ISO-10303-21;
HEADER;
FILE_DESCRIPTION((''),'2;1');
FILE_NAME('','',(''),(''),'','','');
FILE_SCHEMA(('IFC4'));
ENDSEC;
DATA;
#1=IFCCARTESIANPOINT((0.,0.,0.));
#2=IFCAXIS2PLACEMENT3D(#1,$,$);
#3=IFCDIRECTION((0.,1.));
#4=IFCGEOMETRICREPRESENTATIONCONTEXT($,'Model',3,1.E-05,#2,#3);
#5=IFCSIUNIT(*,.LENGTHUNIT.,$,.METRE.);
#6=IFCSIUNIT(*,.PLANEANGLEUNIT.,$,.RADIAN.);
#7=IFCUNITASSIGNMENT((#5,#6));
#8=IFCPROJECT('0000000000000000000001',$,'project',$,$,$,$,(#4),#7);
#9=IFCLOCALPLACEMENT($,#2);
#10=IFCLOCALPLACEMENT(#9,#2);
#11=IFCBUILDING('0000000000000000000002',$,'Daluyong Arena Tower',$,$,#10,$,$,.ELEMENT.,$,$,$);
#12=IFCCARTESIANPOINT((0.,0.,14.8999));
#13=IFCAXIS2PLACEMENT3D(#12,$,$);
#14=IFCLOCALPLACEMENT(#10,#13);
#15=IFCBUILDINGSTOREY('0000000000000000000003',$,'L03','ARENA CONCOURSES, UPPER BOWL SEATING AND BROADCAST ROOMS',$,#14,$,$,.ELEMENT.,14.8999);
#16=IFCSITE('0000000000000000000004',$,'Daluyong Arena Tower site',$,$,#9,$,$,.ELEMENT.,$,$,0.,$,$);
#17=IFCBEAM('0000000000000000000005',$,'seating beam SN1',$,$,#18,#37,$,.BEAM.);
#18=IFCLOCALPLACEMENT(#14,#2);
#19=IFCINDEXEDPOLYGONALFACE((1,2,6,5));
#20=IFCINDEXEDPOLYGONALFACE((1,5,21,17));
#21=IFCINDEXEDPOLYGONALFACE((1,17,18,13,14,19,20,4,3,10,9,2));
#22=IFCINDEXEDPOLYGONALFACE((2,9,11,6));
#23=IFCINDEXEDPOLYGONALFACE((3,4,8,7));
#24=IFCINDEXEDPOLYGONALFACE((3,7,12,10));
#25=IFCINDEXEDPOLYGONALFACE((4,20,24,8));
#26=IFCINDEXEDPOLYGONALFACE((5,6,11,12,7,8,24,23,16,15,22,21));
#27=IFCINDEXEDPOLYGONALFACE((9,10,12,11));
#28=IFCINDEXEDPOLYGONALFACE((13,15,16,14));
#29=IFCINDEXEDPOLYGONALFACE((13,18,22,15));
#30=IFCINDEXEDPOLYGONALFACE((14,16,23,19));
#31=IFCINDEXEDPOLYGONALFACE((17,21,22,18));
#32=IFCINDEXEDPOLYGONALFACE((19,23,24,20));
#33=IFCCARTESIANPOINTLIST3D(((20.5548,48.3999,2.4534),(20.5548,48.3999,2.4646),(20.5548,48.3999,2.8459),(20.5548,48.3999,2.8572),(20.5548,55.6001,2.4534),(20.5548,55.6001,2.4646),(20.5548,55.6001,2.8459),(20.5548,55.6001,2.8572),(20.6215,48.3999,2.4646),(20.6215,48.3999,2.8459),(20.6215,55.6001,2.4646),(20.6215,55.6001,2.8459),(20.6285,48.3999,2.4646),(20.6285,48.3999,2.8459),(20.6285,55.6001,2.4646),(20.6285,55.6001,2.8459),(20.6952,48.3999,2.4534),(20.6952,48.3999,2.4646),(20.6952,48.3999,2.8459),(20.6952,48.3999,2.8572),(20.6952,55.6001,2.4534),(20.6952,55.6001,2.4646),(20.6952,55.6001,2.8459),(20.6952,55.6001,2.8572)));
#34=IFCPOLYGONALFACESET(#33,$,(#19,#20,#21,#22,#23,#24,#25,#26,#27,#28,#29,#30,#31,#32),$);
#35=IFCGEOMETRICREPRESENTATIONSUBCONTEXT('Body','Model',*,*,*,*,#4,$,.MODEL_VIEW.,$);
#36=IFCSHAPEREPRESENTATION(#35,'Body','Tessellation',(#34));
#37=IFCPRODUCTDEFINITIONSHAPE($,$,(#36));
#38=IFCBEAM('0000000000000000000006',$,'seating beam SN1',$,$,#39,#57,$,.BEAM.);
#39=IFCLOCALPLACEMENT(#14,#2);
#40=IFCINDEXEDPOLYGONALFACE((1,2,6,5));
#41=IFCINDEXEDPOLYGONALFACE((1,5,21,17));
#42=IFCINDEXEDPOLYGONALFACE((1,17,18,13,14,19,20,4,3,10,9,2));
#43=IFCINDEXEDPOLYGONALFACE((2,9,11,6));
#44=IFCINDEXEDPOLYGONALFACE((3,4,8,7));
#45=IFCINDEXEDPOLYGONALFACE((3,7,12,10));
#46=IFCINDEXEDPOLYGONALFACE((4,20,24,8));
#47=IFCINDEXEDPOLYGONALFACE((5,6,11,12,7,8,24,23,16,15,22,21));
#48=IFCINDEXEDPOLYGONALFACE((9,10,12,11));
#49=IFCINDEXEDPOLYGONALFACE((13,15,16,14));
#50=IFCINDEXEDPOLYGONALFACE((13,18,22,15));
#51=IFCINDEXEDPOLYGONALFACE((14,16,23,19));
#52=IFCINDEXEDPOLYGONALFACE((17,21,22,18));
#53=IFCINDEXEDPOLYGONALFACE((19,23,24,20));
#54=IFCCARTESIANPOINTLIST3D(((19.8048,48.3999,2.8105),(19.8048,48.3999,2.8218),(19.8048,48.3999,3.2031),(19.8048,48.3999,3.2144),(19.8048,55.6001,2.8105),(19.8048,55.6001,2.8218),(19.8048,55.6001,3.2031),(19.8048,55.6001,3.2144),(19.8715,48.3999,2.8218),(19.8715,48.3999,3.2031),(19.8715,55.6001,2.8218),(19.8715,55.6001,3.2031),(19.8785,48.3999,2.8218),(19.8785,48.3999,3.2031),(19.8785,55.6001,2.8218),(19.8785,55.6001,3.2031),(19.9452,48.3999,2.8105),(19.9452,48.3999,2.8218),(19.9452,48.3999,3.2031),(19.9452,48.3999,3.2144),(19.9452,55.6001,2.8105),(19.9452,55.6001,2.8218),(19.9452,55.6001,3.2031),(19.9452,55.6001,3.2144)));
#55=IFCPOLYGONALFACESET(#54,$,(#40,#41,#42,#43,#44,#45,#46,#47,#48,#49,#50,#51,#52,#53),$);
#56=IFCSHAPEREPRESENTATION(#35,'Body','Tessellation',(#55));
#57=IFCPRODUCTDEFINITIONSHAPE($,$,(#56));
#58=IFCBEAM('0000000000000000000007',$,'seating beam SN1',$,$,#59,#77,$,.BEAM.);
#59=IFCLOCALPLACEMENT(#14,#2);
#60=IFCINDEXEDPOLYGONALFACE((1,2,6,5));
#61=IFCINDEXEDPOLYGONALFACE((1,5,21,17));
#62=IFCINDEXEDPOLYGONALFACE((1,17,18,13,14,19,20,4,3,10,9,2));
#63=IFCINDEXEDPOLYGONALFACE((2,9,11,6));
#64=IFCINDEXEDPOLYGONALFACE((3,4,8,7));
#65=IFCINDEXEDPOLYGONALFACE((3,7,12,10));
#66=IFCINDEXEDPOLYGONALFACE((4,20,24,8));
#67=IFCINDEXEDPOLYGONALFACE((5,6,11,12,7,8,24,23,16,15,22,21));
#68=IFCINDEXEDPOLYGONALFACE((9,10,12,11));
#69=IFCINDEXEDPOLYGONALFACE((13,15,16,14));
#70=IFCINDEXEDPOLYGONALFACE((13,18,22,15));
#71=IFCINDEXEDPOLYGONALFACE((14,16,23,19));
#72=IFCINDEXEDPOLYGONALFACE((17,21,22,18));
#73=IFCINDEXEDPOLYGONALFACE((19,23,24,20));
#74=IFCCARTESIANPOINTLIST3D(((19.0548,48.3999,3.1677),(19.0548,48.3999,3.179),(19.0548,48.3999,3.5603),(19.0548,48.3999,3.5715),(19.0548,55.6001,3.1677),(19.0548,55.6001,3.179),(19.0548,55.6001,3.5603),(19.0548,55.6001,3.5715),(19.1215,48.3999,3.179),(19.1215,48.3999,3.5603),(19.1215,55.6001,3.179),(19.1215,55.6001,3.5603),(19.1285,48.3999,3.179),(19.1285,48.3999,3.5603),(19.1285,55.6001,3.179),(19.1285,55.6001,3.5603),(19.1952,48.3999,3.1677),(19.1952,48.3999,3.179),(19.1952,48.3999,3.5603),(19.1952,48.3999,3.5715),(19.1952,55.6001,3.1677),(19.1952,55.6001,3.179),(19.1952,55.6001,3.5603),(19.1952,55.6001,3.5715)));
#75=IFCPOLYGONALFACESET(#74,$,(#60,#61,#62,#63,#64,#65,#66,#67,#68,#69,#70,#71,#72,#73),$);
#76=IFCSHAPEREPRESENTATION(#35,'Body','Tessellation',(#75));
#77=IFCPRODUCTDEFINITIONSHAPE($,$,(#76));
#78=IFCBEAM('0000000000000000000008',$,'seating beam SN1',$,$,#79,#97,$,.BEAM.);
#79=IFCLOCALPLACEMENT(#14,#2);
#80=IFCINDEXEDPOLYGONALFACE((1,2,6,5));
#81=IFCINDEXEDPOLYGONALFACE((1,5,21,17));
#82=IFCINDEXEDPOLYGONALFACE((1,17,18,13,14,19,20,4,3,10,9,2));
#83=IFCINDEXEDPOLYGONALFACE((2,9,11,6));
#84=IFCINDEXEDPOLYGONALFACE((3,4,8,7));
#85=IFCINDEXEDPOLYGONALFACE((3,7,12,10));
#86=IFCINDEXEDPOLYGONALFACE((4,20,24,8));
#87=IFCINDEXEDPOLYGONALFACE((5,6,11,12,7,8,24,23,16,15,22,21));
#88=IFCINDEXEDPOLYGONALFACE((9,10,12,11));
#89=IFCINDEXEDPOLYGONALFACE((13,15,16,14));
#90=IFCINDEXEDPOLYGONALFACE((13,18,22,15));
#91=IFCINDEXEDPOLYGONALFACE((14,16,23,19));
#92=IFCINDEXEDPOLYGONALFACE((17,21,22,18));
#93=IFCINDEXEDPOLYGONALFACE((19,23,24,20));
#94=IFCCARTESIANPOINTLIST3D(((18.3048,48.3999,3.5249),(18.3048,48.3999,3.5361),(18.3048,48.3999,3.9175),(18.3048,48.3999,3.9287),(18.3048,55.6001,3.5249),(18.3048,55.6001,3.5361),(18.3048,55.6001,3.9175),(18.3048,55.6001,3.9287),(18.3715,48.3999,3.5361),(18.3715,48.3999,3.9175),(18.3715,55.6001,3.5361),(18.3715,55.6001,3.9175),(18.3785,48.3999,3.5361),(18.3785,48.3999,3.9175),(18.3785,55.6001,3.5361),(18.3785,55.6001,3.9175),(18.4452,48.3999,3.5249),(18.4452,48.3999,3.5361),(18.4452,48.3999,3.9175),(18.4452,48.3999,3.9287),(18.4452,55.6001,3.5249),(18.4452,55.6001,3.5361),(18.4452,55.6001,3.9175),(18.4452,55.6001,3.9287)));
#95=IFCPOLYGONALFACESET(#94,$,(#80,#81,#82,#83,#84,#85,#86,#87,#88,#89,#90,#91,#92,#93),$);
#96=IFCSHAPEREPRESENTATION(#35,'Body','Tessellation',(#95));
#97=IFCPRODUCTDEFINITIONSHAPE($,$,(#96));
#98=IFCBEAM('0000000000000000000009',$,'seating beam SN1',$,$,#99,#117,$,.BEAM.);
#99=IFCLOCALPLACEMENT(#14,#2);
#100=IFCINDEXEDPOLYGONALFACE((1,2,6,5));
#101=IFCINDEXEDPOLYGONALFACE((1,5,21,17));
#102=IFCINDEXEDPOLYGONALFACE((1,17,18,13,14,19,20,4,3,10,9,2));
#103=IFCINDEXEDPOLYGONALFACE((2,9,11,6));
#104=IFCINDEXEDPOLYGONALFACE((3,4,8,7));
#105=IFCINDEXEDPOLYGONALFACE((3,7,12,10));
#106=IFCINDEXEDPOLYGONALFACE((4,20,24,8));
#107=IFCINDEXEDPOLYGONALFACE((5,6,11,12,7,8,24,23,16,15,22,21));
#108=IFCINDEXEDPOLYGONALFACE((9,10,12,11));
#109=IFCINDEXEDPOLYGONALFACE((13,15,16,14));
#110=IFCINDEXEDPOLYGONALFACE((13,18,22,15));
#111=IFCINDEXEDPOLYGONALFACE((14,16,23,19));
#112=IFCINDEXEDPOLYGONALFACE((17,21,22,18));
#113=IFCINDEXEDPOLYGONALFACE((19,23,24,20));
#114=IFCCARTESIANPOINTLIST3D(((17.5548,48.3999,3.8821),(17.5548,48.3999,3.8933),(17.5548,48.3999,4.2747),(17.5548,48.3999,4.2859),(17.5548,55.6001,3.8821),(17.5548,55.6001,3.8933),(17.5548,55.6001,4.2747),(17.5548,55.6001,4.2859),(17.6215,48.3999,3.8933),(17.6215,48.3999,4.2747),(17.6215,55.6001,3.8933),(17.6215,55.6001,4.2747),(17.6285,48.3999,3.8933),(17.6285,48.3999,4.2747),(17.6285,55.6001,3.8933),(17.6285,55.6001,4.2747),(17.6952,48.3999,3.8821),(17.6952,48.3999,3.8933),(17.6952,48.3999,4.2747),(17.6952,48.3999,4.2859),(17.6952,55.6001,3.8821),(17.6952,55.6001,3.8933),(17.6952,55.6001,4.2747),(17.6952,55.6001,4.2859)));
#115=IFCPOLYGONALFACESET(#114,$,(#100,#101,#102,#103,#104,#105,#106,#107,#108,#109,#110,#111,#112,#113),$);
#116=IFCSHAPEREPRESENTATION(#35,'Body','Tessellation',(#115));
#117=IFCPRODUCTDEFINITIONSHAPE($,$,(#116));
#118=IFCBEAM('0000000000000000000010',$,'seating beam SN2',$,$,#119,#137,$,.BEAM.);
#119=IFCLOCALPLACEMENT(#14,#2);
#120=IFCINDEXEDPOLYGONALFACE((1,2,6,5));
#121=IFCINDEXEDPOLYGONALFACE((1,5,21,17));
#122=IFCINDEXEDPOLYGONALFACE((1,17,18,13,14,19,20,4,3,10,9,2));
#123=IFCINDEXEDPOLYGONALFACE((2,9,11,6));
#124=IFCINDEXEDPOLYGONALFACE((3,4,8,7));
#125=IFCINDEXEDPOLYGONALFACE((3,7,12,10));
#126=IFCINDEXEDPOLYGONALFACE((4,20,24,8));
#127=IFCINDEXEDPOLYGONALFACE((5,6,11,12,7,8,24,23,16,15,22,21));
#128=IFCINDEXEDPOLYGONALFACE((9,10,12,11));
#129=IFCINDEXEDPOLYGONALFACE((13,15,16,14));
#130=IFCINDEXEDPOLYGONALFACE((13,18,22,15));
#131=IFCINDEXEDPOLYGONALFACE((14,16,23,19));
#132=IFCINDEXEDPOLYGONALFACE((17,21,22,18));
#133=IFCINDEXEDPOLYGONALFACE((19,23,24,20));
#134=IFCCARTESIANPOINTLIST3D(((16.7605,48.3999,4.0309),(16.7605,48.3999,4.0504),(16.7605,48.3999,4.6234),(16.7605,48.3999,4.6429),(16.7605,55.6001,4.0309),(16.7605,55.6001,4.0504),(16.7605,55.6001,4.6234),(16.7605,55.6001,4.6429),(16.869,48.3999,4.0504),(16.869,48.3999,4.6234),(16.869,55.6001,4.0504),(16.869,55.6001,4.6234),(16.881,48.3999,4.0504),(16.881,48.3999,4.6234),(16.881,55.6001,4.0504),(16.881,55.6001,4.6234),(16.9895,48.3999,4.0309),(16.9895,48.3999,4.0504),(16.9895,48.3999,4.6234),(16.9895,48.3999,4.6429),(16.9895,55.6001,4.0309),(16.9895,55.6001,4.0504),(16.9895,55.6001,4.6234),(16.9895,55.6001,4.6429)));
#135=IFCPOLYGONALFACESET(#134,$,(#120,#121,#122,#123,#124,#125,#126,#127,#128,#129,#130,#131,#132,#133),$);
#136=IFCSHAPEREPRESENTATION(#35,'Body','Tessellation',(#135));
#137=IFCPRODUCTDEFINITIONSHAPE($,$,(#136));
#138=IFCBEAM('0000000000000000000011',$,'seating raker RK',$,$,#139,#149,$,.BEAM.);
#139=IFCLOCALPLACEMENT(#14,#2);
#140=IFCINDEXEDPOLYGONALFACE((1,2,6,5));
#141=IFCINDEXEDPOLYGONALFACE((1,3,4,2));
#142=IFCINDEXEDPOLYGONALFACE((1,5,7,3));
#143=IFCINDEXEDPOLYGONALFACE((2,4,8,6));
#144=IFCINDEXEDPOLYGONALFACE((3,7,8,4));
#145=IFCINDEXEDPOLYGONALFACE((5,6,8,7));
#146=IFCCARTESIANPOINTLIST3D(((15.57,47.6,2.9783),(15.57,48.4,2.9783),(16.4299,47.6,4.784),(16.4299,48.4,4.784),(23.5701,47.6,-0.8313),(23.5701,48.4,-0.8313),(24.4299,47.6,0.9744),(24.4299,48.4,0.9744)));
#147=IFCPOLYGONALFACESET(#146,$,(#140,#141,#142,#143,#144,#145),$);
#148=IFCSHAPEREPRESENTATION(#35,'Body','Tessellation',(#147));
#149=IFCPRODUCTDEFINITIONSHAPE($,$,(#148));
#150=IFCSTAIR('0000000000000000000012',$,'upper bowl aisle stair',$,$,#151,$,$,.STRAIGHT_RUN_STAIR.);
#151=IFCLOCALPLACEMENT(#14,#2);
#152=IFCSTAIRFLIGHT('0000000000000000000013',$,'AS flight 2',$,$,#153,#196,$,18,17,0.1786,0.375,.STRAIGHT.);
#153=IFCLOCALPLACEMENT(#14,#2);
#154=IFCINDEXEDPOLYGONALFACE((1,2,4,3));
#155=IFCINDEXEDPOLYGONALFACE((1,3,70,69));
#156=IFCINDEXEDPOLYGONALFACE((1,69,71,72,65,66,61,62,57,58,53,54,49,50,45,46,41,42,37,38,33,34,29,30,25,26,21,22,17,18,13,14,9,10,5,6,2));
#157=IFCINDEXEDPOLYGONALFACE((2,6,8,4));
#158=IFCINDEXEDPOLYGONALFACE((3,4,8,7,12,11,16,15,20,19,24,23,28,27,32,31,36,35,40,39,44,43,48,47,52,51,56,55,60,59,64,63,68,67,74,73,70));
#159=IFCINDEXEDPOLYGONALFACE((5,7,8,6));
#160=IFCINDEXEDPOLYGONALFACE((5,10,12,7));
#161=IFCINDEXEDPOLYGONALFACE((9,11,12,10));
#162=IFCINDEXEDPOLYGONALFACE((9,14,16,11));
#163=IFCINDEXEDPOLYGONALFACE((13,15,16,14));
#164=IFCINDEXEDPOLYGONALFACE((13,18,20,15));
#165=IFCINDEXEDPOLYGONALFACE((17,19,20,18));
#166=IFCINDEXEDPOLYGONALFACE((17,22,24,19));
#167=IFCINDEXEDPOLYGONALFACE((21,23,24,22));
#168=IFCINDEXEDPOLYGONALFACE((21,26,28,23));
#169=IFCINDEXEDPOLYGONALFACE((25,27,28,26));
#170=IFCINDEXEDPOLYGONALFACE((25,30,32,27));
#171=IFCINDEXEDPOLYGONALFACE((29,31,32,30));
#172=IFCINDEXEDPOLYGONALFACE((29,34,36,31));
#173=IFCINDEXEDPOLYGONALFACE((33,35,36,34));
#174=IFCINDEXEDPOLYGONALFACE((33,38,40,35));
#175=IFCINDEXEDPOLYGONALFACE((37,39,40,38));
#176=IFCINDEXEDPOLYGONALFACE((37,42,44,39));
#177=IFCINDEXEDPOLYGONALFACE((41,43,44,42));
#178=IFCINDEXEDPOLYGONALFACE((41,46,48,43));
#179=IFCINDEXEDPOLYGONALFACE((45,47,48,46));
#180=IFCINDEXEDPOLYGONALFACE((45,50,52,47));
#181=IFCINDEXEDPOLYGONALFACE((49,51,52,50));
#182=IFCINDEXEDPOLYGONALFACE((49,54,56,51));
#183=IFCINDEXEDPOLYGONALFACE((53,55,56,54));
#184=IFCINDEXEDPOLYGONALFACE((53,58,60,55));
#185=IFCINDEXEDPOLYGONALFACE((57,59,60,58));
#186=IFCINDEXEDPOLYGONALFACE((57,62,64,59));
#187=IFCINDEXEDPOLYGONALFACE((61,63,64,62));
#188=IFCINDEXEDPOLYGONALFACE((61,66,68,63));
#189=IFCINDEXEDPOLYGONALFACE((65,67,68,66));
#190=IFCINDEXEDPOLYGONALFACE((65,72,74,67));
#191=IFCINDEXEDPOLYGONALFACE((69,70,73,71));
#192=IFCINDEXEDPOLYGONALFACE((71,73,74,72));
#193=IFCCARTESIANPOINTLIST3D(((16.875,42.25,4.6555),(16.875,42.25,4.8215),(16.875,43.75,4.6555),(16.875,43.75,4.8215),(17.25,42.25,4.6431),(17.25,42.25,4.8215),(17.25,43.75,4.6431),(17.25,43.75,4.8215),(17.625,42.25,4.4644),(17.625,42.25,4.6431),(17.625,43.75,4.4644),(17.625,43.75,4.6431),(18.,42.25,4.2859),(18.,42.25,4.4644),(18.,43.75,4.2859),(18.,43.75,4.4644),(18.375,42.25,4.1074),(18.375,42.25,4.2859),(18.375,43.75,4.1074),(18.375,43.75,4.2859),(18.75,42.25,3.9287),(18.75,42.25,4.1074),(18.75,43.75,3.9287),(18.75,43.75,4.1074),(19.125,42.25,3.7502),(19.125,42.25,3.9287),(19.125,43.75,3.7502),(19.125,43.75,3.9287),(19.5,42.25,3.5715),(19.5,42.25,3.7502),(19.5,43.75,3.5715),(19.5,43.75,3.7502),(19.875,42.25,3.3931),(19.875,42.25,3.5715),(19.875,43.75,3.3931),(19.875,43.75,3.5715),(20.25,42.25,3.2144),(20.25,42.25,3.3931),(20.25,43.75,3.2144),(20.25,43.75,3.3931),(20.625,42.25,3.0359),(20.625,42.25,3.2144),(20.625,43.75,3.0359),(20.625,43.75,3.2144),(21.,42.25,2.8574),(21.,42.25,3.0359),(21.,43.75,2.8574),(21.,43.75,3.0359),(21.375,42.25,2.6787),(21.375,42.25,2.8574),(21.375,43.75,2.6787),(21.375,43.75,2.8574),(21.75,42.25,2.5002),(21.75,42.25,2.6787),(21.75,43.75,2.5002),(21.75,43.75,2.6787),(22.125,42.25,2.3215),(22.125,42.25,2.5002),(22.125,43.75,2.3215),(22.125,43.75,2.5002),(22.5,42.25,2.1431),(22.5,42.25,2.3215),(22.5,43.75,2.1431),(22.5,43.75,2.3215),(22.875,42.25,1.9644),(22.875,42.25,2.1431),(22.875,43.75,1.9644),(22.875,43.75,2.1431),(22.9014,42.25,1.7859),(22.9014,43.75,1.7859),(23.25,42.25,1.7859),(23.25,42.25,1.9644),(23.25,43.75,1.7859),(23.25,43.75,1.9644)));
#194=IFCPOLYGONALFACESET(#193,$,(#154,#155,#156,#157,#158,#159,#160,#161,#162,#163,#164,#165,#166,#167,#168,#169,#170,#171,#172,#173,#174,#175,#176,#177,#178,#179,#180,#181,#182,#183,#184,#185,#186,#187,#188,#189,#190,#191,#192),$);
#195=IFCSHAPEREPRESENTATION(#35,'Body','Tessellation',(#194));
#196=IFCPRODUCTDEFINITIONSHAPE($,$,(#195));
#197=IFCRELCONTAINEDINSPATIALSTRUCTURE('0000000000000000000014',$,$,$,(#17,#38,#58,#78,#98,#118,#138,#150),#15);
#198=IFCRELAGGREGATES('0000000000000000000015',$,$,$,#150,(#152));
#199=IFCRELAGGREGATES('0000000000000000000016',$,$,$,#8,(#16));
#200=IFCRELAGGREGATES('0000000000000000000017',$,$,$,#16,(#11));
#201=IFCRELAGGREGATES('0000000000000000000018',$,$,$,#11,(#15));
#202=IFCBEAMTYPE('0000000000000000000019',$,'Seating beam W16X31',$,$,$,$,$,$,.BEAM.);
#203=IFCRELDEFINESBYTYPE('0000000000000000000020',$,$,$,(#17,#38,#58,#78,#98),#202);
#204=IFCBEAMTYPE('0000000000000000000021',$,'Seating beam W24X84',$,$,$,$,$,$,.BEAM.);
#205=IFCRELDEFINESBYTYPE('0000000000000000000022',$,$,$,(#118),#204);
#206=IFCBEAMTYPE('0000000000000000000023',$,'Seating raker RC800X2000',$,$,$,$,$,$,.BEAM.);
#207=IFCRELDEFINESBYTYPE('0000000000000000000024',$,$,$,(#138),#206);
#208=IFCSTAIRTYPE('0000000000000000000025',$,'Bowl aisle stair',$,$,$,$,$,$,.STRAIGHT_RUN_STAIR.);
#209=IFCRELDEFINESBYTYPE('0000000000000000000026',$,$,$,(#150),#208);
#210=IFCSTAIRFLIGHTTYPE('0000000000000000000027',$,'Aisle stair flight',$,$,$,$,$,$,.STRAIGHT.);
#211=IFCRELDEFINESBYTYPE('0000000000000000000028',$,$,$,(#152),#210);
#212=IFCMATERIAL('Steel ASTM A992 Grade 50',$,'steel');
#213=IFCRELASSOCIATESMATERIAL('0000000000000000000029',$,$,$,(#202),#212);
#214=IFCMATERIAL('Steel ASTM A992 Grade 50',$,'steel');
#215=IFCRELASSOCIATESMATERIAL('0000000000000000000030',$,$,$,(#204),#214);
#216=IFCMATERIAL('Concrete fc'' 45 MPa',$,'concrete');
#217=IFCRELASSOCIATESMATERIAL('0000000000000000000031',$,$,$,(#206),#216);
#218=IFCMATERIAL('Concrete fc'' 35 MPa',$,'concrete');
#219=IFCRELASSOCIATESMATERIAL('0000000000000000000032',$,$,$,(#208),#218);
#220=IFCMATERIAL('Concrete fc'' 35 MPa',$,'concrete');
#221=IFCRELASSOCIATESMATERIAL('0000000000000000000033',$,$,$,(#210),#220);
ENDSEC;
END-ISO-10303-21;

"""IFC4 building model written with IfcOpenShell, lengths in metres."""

from ifc_helpers import new_model, si_unit, direction, frame, origin, origin_2d, place, context, subcontext, project, spatial, polyline, rectangle, i_section, outline, extrude, material, material_profile, profile_set, type_object, element, aggregate, save


model = new_model("IFC4")

# Units and contexts
model_context = context("Model", 3, precision=1e-05, world=origin(), true_north=direction((0.0, 1.0)))
body_context = subcontext(model_context, "Body", "Model", "MODEL_VIEW")
ifc_project = project(units=[si_unit("LENGTHUNIT", "METRE"), si_unit("PLANEANGLEUNIT", "RADIAN")], contexts=[model_context])

# Site, building, storey
site_placement = place(None, origin())
site = spatial("IfcSite", under=ifc_project, at=site_placement, Name="Daluyong Arena Tower site", CompositionType="ELEMENT", RefElevation=0.0)
building_placement = place(site_placement, origin())
building = spatial("IfcBuilding", under=site, at=building_placement, Name="Daluyong Arena Tower", CompositionType="ELEMENT")
storey_placement = place(building_placement, frame((0.0, 0.0, 14.8999)))
storey = spatial("IfcBuildingStorey", under=building, at=storey_placement, Name="L03", Description="ARENA CONCOURSES, UPPER BOWL SEATING AND BROADCAST ROOMS", CompositionType="ELEMENT", Elevation=14.8999)

# Beams
ifc_material_1 = material(Name="Steel ASTM A992 Grade 50", Category="steel")
ifc_material_profile_1 = material_profile(ifc_material_1, i_section(OverallWidth=0.1404, OverallDepth=0.4038, WebThickness=0.0071, FlangeThickness=0.0112, at=origin_2d()))
ifc_profile_set_1 = profile_set([ifc_material_profile_1], Name="Steel ASTM A992 Grade 50")
beam_type_1 = type_object("IfcBeamType", Name="Seating beam W16X31", PredefinedType="BEAM", material=ifc_profile_set_1)
for number, where, z_axis, x_axis, name in (
    (1, (20.625, 48.3999, 2.6553), (0.0, 1.0, 0.0), (-1.0, 0.0, 0.0), "seating beam SN1"),
    (2, (19.875, 48.3999, 3.0125), (0.0, 1.0, 0.0), (-1.0, 0.0, 0.0), "seating beam SN1"),
    (3, (19.125, 48.3999, 3.3696), (0.0, 1.0, 0.0), (-1.0, 0.0, 0.0), "seating beam SN1"),
    (4, (18.375, 48.3999, 3.7268), (0.0, 1.0, 0.0), (-1.0, 0.0, 0.0), "seating beam SN1"),
    (5, (17.625, 48.3999, 4.084), (0.0, 1.0, 0.0), (-1.0, 0.0, 0.0), "seating beam SN1"),
):
    element("IfcBeam", number, at=place(storey_placement, frame(where, z_axis=z_axis, x_axis=x_axis)), inside=storey, type_object=beam_type_1, Name=name, PredefinedType="BEAM", context=body_context, shape_type="SweptSolid", body=[
        extrude(i_section(OverallWidth=0.1404, OverallDepth=0.4038, WebThickness=0.0071, FlangeThickness=0.0112, at=origin_2d()), origin(), (0.0, 0.0, 1.0), 7.2002),
    ])
ifc_material_2 = material(Name="Steel ASTM A992 Grade 50", Category="steel")
ifc_material_profile_2 = material_profile(ifc_material_2, i_section(OverallWidth=0.229, OverallDepth=0.6121, WebThickness=0.012, FlangeThickness=0.0195, at=origin_2d()))
ifc_profile_set_2 = profile_set([ifc_material_profile_2], Name="Steel ASTM A992 Grade 50")
beam_type_2 = type_object("IfcBeamType", Name="Seating beam W24X84", PredefinedType="BEAM", material=ifc_profile_set_2)
beam_1_placement = place(storey_placement, frame((16.875, 48.3999, 4.3369), z_axis=(0.0, 1.0, 0.0), x_axis=(-1.0, 0.0, 0.0)))
element("IfcBeam", 6, at=beam_1_placement, inside=storey, type_object=beam_type_2, Name="seating beam SN2", PredefinedType="BEAM", context=body_context, shape_type="SweptSolid", body=[
    extrude(i_section(OverallWidth=0.229, OverallDepth=0.6121, WebThickness=0.012, FlangeThickness=0.0195, at=origin_2d()), origin(), (0.0, 0.0, 1.0), 7.2002),
])
ifc_material_3 = material(Name="Concrete fc' 45 MPa", Category="concrete")
ifc_material_profile_3 = material_profile(ifc_material_3, rectangle(XDim=0.8, YDim=2.0, at=origin_2d()))
ifc_profile_set_3 = profile_set([ifc_material_profile_3], Name="Concrete fc' 45 MPa")
beam_type_3 = type_object("IfcBeamType", Name="Seating raker RC800X2000", PredefinedType="BEAM", material=ifc_profile_set_3)
beam_2_placement = place(storey_placement, frame((24.0, 48.0, 0.0715), z_axis=(-0.902858, 0.0, 0.429938), x_axis=(0.0, -1.0, 0.0)))
element("IfcBeam", 7, at=beam_2_placement, inside=storey, type_object=beam_type_3, Name="seating raker RK", PredefinedType="BEAM", context=body_context, shape_type="SweptSolid", body=[
    extrude(rectangle(XDim=0.8, YDim=2.0, at=origin_2d()), origin(), (0.0, 0.0, 1.0), 8.8608),
])

# Stair, stair flight
ifc_material_4 = material(Name="Concrete fc' 35 MPa", Category="concrete")
stair_type = type_object("IfcStairType", Name="Bowl aisle stair", PredefinedType="STRAIGHT_RUN_STAIR", material=ifc_material_4)
stair_placement = place(storey_placement, origin())
stair = element("IfcStair", 8, at=stair_placement, inside=storey, type_object=stair_type, Name="upper bowl aisle stair", PredefinedType="STRAIGHT_RUN_STAIR")
ifc_material_5 = material(Name="Concrete fc' 35 MPa", Category="concrete")
stair_flight_type = type_object("IfcStairFlightType", Name="Aisle stair flight", PredefinedType="STRAIGHT", material=ifc_material_5)
stair_flight_placement = place(storey_placement, frame((23.25, 43.0, 1.7859), z_axis=(0.0, 0.0, 1.0), x_axis=(-1.0, 0.0, 0.0)))
stair_flight = element("IfcStairFlight", 9, at=stair_flight_placement, type_object=stair_flight_type, Name="AS flight 2", NumberOfRisers=18, NumberOfTreads=17, PredefinedType="STRAIGHT", RiserHeight=0.1786, TreadLength=0.375, context=body_context, shape_type="SweptSolid", body=[
    extrude(outline(polyline([(0.0, 0.0), (0.0, 0.1785), (0.375, 0.1785), (0.375, 0.3572), (0.75, 0.3572), (0.75, 0.5356), (1.125, 0.5356), (1.125, 0.7144), (1.5, 0.7144), (1.5, 0.8928), (1.875, 0.8928), (1.875, 1.0715), (2.25, 1.0715), (2.25, 1.25), (2.625, 1.25), (2.625, 1.4285), (3.0, 1.4285), (3.0, 1.6072), (3.375, 1.6072), (3.375, 1.7856), (3.75, 1.7856), (3.75, 1.9644), (4.125, 1.9644), (4.125, 2.1428), (4.5, 2.1428), (4.5, 2.3215), (4.875, 2.3215), (4.875, 2.5), (5.25, 2.5), (5.25, 2.6785), (5.625, 2.6785), (5.625, 2.8572), (6.0, 2.8572), (6.0, 3.0356), (6.375, 3.0356), (6.375, 3.2144), (6.375, 2.8696), (0.3486, 0.0), (0.0, 0.0)])), frame((0.0, 0.75, 0.0), z_axis=(0.0, -1.0, 0.0), x_axis=(1.0, 0.0, 0.0)), (0.0, 0.0, 1.0), 1.5),
])
aggregate(stair, [stair_flight])

save(model, "model.ifc")
